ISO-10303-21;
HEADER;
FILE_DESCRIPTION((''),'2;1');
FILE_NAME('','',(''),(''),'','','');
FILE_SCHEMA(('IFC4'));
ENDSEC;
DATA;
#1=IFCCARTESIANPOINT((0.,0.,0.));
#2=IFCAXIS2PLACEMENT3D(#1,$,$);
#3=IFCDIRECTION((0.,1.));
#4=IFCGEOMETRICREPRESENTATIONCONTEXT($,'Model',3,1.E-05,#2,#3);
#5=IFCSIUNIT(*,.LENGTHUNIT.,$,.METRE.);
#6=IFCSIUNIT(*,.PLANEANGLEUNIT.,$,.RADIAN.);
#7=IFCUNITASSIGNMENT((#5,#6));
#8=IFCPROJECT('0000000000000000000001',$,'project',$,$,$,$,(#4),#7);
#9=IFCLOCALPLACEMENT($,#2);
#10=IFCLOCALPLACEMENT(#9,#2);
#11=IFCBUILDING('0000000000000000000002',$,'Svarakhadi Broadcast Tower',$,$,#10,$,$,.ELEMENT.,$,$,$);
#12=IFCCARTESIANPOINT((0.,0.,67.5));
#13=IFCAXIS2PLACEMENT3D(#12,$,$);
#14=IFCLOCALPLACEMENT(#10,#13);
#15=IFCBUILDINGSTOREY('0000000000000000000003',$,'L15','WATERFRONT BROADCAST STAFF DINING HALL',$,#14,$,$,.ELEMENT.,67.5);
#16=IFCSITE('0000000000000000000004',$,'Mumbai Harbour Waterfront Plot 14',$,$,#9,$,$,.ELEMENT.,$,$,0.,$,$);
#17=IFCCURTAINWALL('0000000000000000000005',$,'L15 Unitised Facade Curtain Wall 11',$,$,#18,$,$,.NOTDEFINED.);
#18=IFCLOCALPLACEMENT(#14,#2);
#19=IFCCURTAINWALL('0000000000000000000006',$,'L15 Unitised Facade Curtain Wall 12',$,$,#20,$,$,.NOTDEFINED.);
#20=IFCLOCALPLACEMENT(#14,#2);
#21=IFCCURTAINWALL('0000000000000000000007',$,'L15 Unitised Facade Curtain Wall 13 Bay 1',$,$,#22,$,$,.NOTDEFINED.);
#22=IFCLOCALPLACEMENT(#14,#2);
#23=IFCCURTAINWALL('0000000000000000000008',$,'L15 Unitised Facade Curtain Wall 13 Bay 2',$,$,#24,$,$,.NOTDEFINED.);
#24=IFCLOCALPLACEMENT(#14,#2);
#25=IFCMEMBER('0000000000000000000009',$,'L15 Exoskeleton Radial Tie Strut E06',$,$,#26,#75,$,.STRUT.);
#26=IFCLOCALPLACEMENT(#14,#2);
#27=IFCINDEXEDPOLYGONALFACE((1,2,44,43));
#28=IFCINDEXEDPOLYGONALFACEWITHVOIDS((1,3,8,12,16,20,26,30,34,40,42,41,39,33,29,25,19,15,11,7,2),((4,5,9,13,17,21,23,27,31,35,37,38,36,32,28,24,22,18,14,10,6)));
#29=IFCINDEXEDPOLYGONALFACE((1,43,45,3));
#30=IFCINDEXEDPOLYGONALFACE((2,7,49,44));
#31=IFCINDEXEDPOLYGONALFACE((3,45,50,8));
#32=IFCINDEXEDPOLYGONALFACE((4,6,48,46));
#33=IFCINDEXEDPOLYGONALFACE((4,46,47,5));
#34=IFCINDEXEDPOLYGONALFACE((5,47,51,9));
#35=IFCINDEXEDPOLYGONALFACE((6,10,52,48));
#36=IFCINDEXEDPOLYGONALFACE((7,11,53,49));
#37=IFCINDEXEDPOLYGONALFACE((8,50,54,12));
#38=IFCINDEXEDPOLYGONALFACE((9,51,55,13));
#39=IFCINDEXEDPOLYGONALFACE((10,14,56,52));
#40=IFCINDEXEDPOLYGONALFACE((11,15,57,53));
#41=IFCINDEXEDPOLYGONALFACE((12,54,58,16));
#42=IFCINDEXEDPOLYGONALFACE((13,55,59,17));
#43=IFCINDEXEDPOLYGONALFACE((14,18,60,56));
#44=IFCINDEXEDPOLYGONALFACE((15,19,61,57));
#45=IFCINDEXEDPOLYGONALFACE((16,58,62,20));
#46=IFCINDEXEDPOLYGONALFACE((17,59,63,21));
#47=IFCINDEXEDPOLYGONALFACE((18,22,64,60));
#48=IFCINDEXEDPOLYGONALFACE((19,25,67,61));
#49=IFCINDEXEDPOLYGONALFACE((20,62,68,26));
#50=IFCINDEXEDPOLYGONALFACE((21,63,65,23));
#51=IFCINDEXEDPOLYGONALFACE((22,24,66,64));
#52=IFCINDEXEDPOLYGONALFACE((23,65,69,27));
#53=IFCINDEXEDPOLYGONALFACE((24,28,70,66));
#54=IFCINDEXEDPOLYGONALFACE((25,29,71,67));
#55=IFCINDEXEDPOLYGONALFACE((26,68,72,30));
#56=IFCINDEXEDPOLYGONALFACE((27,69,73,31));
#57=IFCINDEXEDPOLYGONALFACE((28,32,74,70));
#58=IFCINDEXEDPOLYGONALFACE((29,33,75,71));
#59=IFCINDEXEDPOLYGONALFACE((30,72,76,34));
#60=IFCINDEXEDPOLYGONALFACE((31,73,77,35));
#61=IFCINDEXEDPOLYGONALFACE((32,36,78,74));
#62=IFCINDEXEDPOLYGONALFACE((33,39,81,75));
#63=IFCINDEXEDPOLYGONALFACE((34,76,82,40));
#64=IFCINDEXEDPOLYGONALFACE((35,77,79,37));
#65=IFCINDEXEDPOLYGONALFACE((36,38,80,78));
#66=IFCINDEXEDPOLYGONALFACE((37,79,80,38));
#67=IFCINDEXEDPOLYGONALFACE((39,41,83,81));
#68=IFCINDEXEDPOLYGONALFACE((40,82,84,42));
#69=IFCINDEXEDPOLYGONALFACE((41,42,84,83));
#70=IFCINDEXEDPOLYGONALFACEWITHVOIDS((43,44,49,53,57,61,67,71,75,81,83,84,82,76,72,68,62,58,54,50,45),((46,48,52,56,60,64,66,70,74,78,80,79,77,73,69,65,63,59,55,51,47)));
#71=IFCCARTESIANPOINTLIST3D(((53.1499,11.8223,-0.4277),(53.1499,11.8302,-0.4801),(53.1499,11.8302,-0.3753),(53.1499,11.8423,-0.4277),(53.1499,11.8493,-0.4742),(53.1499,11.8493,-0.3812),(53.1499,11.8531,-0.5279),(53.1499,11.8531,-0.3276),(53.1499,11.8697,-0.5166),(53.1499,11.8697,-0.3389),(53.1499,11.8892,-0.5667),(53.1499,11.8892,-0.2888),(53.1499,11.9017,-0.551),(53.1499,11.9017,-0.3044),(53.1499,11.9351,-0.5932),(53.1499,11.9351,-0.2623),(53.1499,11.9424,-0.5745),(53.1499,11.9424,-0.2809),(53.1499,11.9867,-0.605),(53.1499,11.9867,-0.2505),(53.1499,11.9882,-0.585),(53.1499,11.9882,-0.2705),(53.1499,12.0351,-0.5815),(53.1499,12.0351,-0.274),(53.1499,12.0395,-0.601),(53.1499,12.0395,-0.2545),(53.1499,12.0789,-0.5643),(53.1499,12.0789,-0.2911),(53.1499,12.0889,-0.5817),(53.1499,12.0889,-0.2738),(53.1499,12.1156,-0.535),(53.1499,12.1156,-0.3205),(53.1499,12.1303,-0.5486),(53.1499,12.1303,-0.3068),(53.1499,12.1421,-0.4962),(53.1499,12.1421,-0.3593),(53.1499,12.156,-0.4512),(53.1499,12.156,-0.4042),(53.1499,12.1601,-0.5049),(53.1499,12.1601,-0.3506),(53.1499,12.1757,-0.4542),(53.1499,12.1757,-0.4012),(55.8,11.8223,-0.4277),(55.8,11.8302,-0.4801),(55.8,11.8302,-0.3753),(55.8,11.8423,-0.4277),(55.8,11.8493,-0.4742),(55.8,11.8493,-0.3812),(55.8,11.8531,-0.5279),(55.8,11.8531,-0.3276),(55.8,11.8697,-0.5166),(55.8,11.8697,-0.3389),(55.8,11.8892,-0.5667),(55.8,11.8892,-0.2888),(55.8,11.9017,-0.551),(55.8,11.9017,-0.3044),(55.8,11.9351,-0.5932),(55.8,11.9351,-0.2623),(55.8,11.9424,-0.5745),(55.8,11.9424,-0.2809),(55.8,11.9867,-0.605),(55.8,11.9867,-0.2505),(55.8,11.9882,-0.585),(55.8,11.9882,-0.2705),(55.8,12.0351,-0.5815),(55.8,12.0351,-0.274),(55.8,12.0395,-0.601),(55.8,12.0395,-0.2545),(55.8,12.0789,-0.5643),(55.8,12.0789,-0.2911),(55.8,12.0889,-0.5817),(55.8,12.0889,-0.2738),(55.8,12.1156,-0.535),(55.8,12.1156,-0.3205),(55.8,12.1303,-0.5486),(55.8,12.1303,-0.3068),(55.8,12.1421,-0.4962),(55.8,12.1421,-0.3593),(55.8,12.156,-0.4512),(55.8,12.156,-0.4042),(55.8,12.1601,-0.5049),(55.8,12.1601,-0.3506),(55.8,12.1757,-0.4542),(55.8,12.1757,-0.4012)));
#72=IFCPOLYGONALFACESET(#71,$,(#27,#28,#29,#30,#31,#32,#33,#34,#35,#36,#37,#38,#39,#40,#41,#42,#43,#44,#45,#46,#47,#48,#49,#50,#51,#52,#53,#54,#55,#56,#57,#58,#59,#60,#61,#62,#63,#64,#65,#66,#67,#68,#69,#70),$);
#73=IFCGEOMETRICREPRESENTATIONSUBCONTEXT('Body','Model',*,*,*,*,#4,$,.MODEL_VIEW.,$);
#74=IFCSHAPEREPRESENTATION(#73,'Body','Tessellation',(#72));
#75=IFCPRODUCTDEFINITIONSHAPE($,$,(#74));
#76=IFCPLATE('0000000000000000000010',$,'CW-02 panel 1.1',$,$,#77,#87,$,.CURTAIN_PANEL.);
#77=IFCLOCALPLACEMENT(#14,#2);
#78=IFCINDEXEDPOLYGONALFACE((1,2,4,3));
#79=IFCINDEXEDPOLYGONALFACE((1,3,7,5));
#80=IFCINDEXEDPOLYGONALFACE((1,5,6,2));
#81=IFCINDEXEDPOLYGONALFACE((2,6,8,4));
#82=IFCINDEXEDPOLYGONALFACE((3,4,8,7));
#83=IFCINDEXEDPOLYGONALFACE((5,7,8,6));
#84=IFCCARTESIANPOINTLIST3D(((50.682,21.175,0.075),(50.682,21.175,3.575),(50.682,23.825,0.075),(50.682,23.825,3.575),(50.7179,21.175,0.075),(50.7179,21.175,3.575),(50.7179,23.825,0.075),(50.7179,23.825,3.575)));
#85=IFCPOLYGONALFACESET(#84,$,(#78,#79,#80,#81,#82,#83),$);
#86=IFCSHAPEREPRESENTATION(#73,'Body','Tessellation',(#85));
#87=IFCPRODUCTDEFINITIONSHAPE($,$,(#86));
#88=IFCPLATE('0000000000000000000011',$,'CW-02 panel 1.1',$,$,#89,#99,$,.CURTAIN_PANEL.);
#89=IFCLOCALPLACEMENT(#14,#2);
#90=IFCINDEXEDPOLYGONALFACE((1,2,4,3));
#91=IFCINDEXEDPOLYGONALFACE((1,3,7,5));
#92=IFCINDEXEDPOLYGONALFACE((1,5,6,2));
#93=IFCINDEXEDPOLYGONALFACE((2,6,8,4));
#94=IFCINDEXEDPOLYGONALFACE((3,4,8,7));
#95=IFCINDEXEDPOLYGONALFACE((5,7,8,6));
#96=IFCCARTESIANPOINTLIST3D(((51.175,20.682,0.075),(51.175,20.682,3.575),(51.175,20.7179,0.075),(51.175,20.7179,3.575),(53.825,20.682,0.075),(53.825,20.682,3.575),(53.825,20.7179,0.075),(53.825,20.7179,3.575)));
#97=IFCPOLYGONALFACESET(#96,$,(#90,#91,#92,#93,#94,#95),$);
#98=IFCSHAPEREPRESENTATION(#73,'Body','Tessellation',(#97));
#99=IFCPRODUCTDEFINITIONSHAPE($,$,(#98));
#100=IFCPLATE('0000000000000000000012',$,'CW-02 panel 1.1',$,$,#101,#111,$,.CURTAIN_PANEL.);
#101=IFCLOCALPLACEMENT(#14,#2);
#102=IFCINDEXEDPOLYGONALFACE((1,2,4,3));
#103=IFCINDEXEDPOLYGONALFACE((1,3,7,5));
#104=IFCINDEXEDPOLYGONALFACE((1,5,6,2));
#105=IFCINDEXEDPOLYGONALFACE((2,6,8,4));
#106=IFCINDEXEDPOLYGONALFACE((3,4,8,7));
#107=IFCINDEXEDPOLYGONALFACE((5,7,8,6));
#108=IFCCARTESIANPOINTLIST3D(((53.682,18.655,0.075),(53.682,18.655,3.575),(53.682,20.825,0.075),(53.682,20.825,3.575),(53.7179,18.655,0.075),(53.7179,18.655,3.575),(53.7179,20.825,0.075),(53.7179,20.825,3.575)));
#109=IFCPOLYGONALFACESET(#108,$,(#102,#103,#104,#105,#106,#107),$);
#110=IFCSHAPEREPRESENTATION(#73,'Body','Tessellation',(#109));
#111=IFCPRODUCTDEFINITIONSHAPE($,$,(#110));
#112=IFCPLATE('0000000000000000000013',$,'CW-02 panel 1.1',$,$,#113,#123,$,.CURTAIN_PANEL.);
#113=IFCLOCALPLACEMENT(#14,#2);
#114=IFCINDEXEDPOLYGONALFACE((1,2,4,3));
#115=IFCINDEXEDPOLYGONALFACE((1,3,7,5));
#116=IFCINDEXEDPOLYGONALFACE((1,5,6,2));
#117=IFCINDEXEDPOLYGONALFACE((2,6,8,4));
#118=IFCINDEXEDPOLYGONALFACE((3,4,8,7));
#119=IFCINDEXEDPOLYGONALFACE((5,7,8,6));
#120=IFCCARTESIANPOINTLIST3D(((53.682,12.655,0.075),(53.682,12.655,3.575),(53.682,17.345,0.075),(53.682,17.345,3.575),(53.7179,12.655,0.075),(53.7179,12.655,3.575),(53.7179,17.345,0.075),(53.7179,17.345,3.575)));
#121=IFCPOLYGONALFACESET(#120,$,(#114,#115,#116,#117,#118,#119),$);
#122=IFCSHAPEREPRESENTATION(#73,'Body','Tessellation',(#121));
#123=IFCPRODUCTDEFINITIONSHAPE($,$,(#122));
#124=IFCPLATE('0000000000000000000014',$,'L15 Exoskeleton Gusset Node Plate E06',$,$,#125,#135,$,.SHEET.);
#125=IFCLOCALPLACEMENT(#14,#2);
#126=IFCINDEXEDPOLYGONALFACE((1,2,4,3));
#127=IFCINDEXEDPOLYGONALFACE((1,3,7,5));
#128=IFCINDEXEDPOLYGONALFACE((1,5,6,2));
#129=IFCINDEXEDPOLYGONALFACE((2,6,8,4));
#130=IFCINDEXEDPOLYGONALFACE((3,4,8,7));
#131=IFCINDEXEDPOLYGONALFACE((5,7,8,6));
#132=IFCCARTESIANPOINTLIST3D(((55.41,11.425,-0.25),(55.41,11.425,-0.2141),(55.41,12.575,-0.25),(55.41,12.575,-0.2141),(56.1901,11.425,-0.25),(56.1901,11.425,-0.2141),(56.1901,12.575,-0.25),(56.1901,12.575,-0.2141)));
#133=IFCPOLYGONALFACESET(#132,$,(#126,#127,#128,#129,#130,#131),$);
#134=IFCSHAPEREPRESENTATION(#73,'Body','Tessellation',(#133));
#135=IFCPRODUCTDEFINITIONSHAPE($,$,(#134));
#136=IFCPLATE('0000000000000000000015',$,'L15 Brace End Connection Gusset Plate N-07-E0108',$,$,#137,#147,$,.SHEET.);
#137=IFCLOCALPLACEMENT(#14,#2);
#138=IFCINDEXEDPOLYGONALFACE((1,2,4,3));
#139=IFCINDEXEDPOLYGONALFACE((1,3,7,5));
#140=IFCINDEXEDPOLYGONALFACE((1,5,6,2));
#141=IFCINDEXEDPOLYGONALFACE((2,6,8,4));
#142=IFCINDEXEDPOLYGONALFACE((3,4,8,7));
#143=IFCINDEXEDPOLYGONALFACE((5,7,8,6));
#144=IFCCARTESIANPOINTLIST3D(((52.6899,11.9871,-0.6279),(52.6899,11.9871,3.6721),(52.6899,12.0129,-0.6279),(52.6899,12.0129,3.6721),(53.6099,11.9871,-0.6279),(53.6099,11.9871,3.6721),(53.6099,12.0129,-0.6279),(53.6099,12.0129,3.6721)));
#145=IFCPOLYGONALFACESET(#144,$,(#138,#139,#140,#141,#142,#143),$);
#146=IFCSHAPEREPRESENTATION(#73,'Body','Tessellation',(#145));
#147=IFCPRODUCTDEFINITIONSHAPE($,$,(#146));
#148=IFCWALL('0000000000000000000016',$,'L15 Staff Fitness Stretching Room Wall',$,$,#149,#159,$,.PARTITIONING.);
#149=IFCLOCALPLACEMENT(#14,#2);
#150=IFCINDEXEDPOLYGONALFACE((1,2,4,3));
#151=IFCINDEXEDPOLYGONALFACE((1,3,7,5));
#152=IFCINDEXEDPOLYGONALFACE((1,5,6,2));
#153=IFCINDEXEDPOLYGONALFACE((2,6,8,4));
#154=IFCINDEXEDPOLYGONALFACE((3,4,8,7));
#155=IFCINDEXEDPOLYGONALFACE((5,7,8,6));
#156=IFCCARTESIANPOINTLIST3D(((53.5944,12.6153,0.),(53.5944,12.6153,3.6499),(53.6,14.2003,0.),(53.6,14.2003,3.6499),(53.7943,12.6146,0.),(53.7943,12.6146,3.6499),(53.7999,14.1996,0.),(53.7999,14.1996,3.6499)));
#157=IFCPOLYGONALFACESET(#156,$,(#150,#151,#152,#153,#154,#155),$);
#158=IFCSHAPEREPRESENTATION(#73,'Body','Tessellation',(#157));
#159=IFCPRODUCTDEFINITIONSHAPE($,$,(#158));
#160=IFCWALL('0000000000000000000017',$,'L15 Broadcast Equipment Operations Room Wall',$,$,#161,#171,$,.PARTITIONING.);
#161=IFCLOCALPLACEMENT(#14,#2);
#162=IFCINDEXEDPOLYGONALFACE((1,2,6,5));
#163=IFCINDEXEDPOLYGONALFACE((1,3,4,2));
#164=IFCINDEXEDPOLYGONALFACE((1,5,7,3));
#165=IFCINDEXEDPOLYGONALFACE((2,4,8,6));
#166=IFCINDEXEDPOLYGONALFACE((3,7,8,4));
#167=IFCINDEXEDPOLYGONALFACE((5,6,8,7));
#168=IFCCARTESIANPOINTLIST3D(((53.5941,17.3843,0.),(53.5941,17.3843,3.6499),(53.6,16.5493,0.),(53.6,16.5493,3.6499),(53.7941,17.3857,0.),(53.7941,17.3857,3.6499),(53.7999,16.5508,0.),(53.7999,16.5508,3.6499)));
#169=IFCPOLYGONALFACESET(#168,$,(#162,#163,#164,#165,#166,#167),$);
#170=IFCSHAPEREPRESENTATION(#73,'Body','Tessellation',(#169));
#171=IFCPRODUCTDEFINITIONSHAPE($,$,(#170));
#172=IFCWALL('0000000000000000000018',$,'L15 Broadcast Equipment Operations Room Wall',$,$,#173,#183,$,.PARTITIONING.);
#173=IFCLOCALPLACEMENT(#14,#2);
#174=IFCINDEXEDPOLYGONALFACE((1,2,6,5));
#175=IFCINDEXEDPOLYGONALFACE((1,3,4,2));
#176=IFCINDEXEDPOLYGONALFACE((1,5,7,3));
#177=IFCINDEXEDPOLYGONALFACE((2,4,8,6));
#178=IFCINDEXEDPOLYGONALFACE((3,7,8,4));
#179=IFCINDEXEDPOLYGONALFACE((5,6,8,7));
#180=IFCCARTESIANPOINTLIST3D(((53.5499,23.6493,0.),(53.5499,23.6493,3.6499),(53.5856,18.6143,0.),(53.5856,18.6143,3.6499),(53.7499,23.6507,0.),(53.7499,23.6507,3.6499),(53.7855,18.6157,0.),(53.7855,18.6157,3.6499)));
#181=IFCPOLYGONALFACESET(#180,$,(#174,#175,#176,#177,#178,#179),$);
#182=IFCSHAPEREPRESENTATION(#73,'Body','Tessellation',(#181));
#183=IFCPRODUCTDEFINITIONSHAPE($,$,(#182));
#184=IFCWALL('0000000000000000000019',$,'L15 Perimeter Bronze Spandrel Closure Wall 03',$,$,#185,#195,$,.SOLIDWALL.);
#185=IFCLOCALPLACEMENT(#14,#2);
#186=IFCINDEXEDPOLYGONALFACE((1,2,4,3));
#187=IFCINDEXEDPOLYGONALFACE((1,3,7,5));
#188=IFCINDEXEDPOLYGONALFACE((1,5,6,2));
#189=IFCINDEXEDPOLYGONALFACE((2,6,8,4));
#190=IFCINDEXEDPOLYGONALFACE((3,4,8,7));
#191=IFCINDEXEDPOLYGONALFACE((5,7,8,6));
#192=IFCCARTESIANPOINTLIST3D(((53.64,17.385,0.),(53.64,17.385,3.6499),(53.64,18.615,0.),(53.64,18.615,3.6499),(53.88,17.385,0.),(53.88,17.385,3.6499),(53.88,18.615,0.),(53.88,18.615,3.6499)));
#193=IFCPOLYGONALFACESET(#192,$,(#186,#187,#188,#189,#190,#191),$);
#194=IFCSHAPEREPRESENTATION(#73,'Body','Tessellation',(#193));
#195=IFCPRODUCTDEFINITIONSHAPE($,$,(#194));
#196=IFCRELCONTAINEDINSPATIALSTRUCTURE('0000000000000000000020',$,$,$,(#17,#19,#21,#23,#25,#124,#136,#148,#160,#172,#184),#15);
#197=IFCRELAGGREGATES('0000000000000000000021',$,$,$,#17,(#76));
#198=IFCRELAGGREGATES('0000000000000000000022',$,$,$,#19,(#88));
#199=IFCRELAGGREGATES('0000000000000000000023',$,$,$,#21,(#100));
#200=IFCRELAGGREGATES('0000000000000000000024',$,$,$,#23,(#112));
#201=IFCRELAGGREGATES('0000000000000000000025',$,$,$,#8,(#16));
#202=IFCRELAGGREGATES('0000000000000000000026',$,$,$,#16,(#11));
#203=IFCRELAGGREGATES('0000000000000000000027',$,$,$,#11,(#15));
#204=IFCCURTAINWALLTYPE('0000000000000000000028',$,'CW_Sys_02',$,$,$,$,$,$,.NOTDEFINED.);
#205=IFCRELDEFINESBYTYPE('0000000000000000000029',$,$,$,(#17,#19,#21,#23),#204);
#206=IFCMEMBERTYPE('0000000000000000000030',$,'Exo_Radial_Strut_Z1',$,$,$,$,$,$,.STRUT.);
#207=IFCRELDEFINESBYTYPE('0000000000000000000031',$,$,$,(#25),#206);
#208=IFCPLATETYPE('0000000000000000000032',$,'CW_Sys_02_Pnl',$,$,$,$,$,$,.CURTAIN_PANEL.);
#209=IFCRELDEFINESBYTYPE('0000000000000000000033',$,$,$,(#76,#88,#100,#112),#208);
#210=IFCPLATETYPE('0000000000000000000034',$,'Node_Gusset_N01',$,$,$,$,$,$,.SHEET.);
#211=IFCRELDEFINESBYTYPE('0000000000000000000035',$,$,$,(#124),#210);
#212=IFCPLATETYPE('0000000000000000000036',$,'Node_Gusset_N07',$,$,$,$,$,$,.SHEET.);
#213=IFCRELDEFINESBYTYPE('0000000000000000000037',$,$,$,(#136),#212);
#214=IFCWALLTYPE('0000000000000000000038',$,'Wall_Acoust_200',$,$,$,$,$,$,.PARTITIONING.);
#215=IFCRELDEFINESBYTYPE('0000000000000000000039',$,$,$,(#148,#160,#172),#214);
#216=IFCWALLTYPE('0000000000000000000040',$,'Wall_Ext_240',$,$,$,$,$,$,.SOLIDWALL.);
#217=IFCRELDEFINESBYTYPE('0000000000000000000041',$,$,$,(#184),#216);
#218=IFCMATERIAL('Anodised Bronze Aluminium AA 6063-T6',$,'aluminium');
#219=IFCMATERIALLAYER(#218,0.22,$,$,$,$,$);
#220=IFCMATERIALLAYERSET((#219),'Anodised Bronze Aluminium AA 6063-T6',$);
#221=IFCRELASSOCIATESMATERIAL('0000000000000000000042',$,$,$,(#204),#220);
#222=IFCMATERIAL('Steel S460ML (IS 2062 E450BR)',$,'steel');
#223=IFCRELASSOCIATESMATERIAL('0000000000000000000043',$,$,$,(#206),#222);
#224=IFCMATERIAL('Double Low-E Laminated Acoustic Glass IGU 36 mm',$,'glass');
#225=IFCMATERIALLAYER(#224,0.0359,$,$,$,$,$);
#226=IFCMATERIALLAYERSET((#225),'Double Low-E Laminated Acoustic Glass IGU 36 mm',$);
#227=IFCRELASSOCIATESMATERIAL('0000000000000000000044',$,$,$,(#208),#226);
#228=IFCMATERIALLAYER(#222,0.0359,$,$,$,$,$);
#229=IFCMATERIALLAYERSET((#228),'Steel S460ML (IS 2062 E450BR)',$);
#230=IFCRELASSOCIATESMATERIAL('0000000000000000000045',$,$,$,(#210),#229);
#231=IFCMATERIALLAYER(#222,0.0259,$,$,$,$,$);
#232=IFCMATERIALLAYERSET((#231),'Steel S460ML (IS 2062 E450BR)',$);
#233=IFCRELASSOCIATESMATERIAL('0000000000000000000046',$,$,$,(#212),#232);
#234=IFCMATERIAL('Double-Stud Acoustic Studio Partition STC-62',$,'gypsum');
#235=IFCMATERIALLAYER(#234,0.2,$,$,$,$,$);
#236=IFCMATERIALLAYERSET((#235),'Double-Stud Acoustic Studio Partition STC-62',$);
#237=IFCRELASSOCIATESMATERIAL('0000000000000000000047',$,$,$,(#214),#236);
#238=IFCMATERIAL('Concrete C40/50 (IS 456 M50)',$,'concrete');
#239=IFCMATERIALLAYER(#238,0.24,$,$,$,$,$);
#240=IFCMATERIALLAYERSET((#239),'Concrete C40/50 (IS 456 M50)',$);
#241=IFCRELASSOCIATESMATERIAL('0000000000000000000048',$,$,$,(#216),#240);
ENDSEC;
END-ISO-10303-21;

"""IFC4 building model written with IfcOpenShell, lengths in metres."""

from ifc_helpers import new_model, si_unit, direction, frame, frame_2d, origin, origin_2d, place, context, subcontext, project, spatial, rectangle, hollow_circle, extrude, material, layer, layer_set, material_profile, profile_set, type_object, element, aggregate, save


model = new_model("IFC4")

# Units and contexts
model_context = context("Model", 3, precision=1e-05, world=origin(), true_north=direction((0.0, 1.0)))
body_context = subcontext(model_context, "Body", "Model", "MODEL_VIEW")
ifc_project = project(units=[si_unit("LENGTHUNIT", "METRE"), si_unit("PLANEANGLEUNIT", "RADIAN")], contexts=[model_context])

# Site, building, storey
site_placement = place(None, origin())
site = spatial("IfcSite", under=ifc_project, at=site_placement, Name="Mumbai Harbour Waterfront Plot 14", CompositionType="ELEMENT", RefElevation=0.0)
building_placement = place(site_placement, origin())
building = spatial("IfcBuilding", under=site, at=building_placement, Name="Svarakhadi Broadcast Tower", CompositionType="ELEMENT")
storey_placement = place(building_placement, frame((0.0, 0.0, 67.5)))
storey = spatial("IfcBuildingStorey", under=building, at=storey_placement, Name="L15", Description="WATERFRONT BROADCAST STAFF DINING HALL", CompositionType="ELEMENT", Elevation=67.5)

# Curtain wall
ifc_material_1 = material(Name="Anodised Bronze Aluminium AA 6063-T6", Category="aluminium")
ifc_layer_1 = layer(ifc_material_1, 0.22)
ifc_layer_set_1 = layer_set([ifc_layer_1], Name="Anodised Bronze Aluminium AA 6063-T6")
curtain_wall_type = type_object("IfcCurtainWallType", Name="CW_Sys_02", PredefinedType="NOTDEFINED", material=ifc_layer_set_1)
curtain_wall_1_placement = place(storey_placement, origin())
curtain_wall_1 = element("IfcCurtainWall", 1, at=curtain_wall_1_placement, inside=storey, type_object=curtain_wall_type, Name="L15 Unitised Facade Curtain Wall 11", PredefinedType="NOTDEFINED")

# Curtain walls
curtain_wall_2_placement = place(storey_placement, origin())
curtain_wall_2 = element("IfcCurtainWall", 2, at=curtain_wall_2_placement, inside=storey, type_object=curtain_wall_type, Name="L15 Unitised Facade Curtain Wall 12", PredefinedType="NOTDEFINED")
curtain_wall_3_placement = place(storey_placement, origin())
curtain_wall_3 = element("IfcCurtainWall", 3, at=curtain_wall_3_placement, inside=storey, type_object=curtain_wall_type, Name="L15 Unitised Facade Curtain Wall 13 Bay 1", PredefinedType="NOTDEFINED")
curtain_wall_4_placement = place(storey_placement, origin())
curtain_wall_4 = element("IfcCurtainWall", 4, at=curtain_wall_4_placement, inside=storey, type_object=curtain_wall_type, Name="L15 Unitised Facade Curtain Wall 13 Bay 2", PredefinedType="NOTDEFINED")

# Member
ifc_material_2 = material(Name="Steel S460ML (IS 2062 E450BR)", Category="steel")
ifc_material_profile_1 = material_profile(ifc_material_2, hollow_circle(Radius=0.1777, WallThickness=0.02, at=origin_2d()), Name="CHS 355.6x20")
ifc_profile_set_1 = profile_set([ifc_material_profile_1], Name="Steel S460ML (IS 2062 E450BR)")
member_type_1 = type_object("IfcMemberType", Name="Exo_Radial_Strut_Z1", PredefinedType="STRUT", material=ifc_profile_set_1)
member_1_placement = place(storey_placement, frame((55.8, 12.0, -0.4277), z_axis=(-1.0, 0.0, 0.0), x_axis=(0.0, -1.0, 0.0)))
element("IfcMember", 5, at=member_1_placement, inside=storey, type_object=member_type_1, Name="L15 Exoskeleton Radial Tie Strut E06", PredefinedType="STRUT", context=body_context, shape_type="SweptSolid", body=[
    extrude(hollow_circle(Radius=0.1777, WallThickness=0.02, at=origin_2d()), origin(), (0.0, 0.0, 1.0), 2.6501),
])

# Plates
ifc_material_3 = material(Name="Double Low-E Laminated Acoustic Glass IGU 36 mm", Category="glass")
ifc_layer_2 = layer(ifc_material_3, 0.0359)
ifc_layer_set_2 = layer_set([ifc_layer_2], Name="Double Low-E Laminated Acoustic Glass IGU 36 mm")
plate_type_1 = type_object("IfcPlateType", Name="CW_Sys_02_Pnl", PredefinedType="CURTAIN_PANEL", material=ifc_layer_set_2)
plate_1_placement = place(storey_placement, frame((50.7, 22.5, 0.075), z_axis=(0.0, 0.0, 1.0), x_axis=(0.0, -1.0, 0.0)))
plate_1 = element("IfcPlate", 6, at=plate_1_placement, type_object=plate_type_1, Name="CW-02 panel 1.1", PredefinedType="CURTAIN_PANEL", context=body_context, shape_type="SweptSolid", body=[
    extrude(rectangle(XDim=2.6499, YDim=0.0359, at=origin_2d()), origin(), (0.0, 0.0, 1.0), 3.5),
])
aggregate(curtain_wall_1, [plate_1])
plate_2_placement = place(storey_placement, frame((52.5, 20.7, 0.075), z_axis=(0.0, 0.0, 1.0), x_axis=(1.0, 0.0, 0.0)))
plate_2 = element("IfcPlate", 7, at=plate_2_placement, type_object=plate_type_1, Name="CW-02 panel 1.1", PredefinedType="CURTAIN_PANEL", context=body_context, shape_type="SweptSolid", body=[
    extrude(rectangle(XDim=2.6499, YDim=0.0359, at=origin_2d()), origin(), (0.0, 0.0, 1.0), 3.5),
])
aggregate(curtain_wall_2, [plate_2])
plate_3_placement = place(storey_placement, frame((53.7, 19.74, 0.075), z_axis=(0.0, 0.0, 1.0), x_axis=(0.0, -1.0, 0.0)))
plate_3 = element("IfcPlate", 8, at=plate_3_placement, type_object=plate_type_1, Name="CW-02 panel 1.1", PredefinedType="CURTAIN_PANEL", context=body_context, shape_type="SweptSolid", body=[
    extrude(rectangle(XDim=2.1699, YDim=0.0359, at=origin_2d()), origin(), (0.0, 0.0, 1.0), 3.5),
])
aggregate(curtain_wall_3, [plate_3])
plate_4_placement = place(storey_placement, frame((53.7, 15.0, 0.075), z_axis=(0.0, 0.0, 1.0), x_axis=(0.0, -1.0, 0.0)))
plate_4 = element("IfcPlate", 9, at=plate_4_placement, type_object=plate_type_1, Name="CW-02 panel 1.1", PredefinedType="CURTAIN_PANEL", context=body_context, shape_type="SweptSolid", body=[
    extrude(rectangle(XDim=4.6899, YDim=0.0359, at=origin_2d()), origin(), (0.0, 0.0, 1.0), 3.5),
])
aggregate(curtain_wall_4, [plate_4])

# Plates
ifc_layer_3 = layer(ifc_material_2, 0.0359)
ifc_layer_set_3 = layer_set([ifc_layer_3], Name="Steel S460ML (IS 2062 E450BR)")
plate_type_2 = type_object("IfcPlateType", Name="Node_Gusset_N01", PredefinedType="SHEET", material=ifc_layer_set_3)
plate_5_placement = place(storey_placement, frame((55.8, 12.0, -0.25), z_axis=(0.0, 0.0, 1.0), x_axis=(0.0, 1.0, 0.0)))
element("IfcPlate", 10, at=plate_5_placement, inside=storey, type_object=plate_type_2, Name="L15 Exoskeleton Gusset Node Plate E06", PredefinedType="SHEET", context=body_context, shape_type="SweptSolid", body=[
    extrude(rectangle(XDim=1.1499, YDim=0.78, at=origin_2d()), origin(), (0.0, 0.0, 1.0), 0.0359),
])
ifc_layer_4 = layer(ifc_material_2, 0.0259)
ifc_layer_set_4 = layer_set([ifc_layer_4], Name="Steel S460ML (IS 2062 E450BR)")
plate_type_3 = type_object("IfcPlateType", Name="Node_Gusset_N07", PredefinedType="SHEET", material=ifc_layer_set_4)
plate_6_placement = place(storey_placement, frame((53.1499, 12.0, -0.6279), z_axis=(0.0, 0.0, 1.0), x_axis=(1.0, 0.0, 0.0)))
element("IfcPlate", 11, at=plate_6_placement, inside=storey, type_object=plate_type_3, Name="L15 Brace End Connection Gusset Plate N-07-E0108", PredefinedType="SHEET", context=body_context, shape_type="SweptSolid", body=[
    extrude(rectangle(XDim=0.9199, YDim=0.0259, at=origin_2d()), origin(), (0.0, 0.0, 1.0), 4.3),
])

# Walls
ifc_material_4 = material(Name="Double-Stud Acoustic Studio Partition STC-62", Category="gypsum")
ifc_layer_5 = layer(ifc_material_4, 0.2)
ifc_layer_set_5 = layer_set([ifc_layer_5], Name="Double-Stud Acoustic Studio Partition STC-62")
wall_type_1 = type_object("IfcWallType", Name="Wall_Acoust_200", PredefinedType="PARTITIONING", material=ifc_layer_set_5)
wall_1_placement = place(storey_placement, frame((53.6943, 12.615, 0.0), z_axis=(0.0, 0.0, 1.0), x_axis=(0.003543, 0.999994, 0.0)))
element("IfcWall", 12, at=wall_1_placement, inside=storey, type_object=wall_type_1, Name="L15 Staff Fitness Stretching Room Wall", PredefinedType="PARTITIONING", context=body_context, shape_type="SweptSolid", body=[
    extrude(rectangle(XDim=1.585, YDim=0.2, at=frame_2d((0.7925, 0.0))), origin(), (0.0, 0.0, 1.0), 3.6499),
])
wall_2_placement = place(storey_placement, frame((53.7, 16.55, 0.0), z_axis=(0.0, 0.0, 1.0), x_axis=(-0.007017, 0.999975, 0.0)))
element("IfcWall", 13, at=wall_2_placement, inside=storey, type_object=wall_type_1, Name="L15 Broadcast Equipment Operations Room Wall", PredefinedType="PARTITIONING", context=body_context, shape_type="SweptSolid", body=[
    extrude(rectangle(XDim=0.835, YDim=0.2, at=frame_2d((0.4175, 0.0))), origin(), (0.0, 0.0, 1.0), 3.6499),
])
wall_3_placement = place(storey_placement, frame((53.6855, 18.615, 0.0), z_axis=(0.0, 0.0, 1.0), x_axis=(-0.007079, 0.999975, 0.0)))
element("IfcWall", 14, at=wall_3_placement, inside=storey, type_object=wall_type_1, Name="L15 Broadcast Equipment Operations Room Wall", PredefinedType="PARTITIONING", context=body_context, shape_type="SweptSolid", body=[
    extrude(rectangle(XDim=5.0352, YDim=0.2, at=frame_2d((2.5176, 0.0))), origin(), (0.0, 0.0, 1.0), 3.6499),
])
ifc_material_5 = material(Name="Concrete C40/50 (IS 456 M50)", Category="concrete")
ifc_layer_6 = layer(ifc_material_5, 0.24)
ifc_layer_set_6 = layer_set([ifc_layer_6], Name="Concrete C40/50 (IS 456 M50)")
wall_type_2 = type_object("IfcWallType", Name="Wall_Ext_240", PredefinedType="SOLIDWALL", material=ifc_layer_set_6)
for number, where, z_axis, x_axis, name in (
    (15, (53.76, 18.615, 0.0), (0.0, 0.0, 1.0), (0.0, -1.0, 0.0), "L15 Perimeter Bronze Spandrel Closure Wall 03"),
):
    element("IfcWall", number, at=place(storey_placement, frame(where, z_axis=z_axis, x_axis=x_axis)), inside=storey, type_object=wall_type_2, Name=name, PredefinedType="SOLIDWALL", context=body_context, shape_type="SweptSolid", body=[
        extrude(rectangle(XDim=1.23, YDim=0.24, at=frame_2d((0.615, 0.0))), origin(), (0.0, 0.0, 1.0), 3.6499),
    ])

save(model, "model.ifc")
